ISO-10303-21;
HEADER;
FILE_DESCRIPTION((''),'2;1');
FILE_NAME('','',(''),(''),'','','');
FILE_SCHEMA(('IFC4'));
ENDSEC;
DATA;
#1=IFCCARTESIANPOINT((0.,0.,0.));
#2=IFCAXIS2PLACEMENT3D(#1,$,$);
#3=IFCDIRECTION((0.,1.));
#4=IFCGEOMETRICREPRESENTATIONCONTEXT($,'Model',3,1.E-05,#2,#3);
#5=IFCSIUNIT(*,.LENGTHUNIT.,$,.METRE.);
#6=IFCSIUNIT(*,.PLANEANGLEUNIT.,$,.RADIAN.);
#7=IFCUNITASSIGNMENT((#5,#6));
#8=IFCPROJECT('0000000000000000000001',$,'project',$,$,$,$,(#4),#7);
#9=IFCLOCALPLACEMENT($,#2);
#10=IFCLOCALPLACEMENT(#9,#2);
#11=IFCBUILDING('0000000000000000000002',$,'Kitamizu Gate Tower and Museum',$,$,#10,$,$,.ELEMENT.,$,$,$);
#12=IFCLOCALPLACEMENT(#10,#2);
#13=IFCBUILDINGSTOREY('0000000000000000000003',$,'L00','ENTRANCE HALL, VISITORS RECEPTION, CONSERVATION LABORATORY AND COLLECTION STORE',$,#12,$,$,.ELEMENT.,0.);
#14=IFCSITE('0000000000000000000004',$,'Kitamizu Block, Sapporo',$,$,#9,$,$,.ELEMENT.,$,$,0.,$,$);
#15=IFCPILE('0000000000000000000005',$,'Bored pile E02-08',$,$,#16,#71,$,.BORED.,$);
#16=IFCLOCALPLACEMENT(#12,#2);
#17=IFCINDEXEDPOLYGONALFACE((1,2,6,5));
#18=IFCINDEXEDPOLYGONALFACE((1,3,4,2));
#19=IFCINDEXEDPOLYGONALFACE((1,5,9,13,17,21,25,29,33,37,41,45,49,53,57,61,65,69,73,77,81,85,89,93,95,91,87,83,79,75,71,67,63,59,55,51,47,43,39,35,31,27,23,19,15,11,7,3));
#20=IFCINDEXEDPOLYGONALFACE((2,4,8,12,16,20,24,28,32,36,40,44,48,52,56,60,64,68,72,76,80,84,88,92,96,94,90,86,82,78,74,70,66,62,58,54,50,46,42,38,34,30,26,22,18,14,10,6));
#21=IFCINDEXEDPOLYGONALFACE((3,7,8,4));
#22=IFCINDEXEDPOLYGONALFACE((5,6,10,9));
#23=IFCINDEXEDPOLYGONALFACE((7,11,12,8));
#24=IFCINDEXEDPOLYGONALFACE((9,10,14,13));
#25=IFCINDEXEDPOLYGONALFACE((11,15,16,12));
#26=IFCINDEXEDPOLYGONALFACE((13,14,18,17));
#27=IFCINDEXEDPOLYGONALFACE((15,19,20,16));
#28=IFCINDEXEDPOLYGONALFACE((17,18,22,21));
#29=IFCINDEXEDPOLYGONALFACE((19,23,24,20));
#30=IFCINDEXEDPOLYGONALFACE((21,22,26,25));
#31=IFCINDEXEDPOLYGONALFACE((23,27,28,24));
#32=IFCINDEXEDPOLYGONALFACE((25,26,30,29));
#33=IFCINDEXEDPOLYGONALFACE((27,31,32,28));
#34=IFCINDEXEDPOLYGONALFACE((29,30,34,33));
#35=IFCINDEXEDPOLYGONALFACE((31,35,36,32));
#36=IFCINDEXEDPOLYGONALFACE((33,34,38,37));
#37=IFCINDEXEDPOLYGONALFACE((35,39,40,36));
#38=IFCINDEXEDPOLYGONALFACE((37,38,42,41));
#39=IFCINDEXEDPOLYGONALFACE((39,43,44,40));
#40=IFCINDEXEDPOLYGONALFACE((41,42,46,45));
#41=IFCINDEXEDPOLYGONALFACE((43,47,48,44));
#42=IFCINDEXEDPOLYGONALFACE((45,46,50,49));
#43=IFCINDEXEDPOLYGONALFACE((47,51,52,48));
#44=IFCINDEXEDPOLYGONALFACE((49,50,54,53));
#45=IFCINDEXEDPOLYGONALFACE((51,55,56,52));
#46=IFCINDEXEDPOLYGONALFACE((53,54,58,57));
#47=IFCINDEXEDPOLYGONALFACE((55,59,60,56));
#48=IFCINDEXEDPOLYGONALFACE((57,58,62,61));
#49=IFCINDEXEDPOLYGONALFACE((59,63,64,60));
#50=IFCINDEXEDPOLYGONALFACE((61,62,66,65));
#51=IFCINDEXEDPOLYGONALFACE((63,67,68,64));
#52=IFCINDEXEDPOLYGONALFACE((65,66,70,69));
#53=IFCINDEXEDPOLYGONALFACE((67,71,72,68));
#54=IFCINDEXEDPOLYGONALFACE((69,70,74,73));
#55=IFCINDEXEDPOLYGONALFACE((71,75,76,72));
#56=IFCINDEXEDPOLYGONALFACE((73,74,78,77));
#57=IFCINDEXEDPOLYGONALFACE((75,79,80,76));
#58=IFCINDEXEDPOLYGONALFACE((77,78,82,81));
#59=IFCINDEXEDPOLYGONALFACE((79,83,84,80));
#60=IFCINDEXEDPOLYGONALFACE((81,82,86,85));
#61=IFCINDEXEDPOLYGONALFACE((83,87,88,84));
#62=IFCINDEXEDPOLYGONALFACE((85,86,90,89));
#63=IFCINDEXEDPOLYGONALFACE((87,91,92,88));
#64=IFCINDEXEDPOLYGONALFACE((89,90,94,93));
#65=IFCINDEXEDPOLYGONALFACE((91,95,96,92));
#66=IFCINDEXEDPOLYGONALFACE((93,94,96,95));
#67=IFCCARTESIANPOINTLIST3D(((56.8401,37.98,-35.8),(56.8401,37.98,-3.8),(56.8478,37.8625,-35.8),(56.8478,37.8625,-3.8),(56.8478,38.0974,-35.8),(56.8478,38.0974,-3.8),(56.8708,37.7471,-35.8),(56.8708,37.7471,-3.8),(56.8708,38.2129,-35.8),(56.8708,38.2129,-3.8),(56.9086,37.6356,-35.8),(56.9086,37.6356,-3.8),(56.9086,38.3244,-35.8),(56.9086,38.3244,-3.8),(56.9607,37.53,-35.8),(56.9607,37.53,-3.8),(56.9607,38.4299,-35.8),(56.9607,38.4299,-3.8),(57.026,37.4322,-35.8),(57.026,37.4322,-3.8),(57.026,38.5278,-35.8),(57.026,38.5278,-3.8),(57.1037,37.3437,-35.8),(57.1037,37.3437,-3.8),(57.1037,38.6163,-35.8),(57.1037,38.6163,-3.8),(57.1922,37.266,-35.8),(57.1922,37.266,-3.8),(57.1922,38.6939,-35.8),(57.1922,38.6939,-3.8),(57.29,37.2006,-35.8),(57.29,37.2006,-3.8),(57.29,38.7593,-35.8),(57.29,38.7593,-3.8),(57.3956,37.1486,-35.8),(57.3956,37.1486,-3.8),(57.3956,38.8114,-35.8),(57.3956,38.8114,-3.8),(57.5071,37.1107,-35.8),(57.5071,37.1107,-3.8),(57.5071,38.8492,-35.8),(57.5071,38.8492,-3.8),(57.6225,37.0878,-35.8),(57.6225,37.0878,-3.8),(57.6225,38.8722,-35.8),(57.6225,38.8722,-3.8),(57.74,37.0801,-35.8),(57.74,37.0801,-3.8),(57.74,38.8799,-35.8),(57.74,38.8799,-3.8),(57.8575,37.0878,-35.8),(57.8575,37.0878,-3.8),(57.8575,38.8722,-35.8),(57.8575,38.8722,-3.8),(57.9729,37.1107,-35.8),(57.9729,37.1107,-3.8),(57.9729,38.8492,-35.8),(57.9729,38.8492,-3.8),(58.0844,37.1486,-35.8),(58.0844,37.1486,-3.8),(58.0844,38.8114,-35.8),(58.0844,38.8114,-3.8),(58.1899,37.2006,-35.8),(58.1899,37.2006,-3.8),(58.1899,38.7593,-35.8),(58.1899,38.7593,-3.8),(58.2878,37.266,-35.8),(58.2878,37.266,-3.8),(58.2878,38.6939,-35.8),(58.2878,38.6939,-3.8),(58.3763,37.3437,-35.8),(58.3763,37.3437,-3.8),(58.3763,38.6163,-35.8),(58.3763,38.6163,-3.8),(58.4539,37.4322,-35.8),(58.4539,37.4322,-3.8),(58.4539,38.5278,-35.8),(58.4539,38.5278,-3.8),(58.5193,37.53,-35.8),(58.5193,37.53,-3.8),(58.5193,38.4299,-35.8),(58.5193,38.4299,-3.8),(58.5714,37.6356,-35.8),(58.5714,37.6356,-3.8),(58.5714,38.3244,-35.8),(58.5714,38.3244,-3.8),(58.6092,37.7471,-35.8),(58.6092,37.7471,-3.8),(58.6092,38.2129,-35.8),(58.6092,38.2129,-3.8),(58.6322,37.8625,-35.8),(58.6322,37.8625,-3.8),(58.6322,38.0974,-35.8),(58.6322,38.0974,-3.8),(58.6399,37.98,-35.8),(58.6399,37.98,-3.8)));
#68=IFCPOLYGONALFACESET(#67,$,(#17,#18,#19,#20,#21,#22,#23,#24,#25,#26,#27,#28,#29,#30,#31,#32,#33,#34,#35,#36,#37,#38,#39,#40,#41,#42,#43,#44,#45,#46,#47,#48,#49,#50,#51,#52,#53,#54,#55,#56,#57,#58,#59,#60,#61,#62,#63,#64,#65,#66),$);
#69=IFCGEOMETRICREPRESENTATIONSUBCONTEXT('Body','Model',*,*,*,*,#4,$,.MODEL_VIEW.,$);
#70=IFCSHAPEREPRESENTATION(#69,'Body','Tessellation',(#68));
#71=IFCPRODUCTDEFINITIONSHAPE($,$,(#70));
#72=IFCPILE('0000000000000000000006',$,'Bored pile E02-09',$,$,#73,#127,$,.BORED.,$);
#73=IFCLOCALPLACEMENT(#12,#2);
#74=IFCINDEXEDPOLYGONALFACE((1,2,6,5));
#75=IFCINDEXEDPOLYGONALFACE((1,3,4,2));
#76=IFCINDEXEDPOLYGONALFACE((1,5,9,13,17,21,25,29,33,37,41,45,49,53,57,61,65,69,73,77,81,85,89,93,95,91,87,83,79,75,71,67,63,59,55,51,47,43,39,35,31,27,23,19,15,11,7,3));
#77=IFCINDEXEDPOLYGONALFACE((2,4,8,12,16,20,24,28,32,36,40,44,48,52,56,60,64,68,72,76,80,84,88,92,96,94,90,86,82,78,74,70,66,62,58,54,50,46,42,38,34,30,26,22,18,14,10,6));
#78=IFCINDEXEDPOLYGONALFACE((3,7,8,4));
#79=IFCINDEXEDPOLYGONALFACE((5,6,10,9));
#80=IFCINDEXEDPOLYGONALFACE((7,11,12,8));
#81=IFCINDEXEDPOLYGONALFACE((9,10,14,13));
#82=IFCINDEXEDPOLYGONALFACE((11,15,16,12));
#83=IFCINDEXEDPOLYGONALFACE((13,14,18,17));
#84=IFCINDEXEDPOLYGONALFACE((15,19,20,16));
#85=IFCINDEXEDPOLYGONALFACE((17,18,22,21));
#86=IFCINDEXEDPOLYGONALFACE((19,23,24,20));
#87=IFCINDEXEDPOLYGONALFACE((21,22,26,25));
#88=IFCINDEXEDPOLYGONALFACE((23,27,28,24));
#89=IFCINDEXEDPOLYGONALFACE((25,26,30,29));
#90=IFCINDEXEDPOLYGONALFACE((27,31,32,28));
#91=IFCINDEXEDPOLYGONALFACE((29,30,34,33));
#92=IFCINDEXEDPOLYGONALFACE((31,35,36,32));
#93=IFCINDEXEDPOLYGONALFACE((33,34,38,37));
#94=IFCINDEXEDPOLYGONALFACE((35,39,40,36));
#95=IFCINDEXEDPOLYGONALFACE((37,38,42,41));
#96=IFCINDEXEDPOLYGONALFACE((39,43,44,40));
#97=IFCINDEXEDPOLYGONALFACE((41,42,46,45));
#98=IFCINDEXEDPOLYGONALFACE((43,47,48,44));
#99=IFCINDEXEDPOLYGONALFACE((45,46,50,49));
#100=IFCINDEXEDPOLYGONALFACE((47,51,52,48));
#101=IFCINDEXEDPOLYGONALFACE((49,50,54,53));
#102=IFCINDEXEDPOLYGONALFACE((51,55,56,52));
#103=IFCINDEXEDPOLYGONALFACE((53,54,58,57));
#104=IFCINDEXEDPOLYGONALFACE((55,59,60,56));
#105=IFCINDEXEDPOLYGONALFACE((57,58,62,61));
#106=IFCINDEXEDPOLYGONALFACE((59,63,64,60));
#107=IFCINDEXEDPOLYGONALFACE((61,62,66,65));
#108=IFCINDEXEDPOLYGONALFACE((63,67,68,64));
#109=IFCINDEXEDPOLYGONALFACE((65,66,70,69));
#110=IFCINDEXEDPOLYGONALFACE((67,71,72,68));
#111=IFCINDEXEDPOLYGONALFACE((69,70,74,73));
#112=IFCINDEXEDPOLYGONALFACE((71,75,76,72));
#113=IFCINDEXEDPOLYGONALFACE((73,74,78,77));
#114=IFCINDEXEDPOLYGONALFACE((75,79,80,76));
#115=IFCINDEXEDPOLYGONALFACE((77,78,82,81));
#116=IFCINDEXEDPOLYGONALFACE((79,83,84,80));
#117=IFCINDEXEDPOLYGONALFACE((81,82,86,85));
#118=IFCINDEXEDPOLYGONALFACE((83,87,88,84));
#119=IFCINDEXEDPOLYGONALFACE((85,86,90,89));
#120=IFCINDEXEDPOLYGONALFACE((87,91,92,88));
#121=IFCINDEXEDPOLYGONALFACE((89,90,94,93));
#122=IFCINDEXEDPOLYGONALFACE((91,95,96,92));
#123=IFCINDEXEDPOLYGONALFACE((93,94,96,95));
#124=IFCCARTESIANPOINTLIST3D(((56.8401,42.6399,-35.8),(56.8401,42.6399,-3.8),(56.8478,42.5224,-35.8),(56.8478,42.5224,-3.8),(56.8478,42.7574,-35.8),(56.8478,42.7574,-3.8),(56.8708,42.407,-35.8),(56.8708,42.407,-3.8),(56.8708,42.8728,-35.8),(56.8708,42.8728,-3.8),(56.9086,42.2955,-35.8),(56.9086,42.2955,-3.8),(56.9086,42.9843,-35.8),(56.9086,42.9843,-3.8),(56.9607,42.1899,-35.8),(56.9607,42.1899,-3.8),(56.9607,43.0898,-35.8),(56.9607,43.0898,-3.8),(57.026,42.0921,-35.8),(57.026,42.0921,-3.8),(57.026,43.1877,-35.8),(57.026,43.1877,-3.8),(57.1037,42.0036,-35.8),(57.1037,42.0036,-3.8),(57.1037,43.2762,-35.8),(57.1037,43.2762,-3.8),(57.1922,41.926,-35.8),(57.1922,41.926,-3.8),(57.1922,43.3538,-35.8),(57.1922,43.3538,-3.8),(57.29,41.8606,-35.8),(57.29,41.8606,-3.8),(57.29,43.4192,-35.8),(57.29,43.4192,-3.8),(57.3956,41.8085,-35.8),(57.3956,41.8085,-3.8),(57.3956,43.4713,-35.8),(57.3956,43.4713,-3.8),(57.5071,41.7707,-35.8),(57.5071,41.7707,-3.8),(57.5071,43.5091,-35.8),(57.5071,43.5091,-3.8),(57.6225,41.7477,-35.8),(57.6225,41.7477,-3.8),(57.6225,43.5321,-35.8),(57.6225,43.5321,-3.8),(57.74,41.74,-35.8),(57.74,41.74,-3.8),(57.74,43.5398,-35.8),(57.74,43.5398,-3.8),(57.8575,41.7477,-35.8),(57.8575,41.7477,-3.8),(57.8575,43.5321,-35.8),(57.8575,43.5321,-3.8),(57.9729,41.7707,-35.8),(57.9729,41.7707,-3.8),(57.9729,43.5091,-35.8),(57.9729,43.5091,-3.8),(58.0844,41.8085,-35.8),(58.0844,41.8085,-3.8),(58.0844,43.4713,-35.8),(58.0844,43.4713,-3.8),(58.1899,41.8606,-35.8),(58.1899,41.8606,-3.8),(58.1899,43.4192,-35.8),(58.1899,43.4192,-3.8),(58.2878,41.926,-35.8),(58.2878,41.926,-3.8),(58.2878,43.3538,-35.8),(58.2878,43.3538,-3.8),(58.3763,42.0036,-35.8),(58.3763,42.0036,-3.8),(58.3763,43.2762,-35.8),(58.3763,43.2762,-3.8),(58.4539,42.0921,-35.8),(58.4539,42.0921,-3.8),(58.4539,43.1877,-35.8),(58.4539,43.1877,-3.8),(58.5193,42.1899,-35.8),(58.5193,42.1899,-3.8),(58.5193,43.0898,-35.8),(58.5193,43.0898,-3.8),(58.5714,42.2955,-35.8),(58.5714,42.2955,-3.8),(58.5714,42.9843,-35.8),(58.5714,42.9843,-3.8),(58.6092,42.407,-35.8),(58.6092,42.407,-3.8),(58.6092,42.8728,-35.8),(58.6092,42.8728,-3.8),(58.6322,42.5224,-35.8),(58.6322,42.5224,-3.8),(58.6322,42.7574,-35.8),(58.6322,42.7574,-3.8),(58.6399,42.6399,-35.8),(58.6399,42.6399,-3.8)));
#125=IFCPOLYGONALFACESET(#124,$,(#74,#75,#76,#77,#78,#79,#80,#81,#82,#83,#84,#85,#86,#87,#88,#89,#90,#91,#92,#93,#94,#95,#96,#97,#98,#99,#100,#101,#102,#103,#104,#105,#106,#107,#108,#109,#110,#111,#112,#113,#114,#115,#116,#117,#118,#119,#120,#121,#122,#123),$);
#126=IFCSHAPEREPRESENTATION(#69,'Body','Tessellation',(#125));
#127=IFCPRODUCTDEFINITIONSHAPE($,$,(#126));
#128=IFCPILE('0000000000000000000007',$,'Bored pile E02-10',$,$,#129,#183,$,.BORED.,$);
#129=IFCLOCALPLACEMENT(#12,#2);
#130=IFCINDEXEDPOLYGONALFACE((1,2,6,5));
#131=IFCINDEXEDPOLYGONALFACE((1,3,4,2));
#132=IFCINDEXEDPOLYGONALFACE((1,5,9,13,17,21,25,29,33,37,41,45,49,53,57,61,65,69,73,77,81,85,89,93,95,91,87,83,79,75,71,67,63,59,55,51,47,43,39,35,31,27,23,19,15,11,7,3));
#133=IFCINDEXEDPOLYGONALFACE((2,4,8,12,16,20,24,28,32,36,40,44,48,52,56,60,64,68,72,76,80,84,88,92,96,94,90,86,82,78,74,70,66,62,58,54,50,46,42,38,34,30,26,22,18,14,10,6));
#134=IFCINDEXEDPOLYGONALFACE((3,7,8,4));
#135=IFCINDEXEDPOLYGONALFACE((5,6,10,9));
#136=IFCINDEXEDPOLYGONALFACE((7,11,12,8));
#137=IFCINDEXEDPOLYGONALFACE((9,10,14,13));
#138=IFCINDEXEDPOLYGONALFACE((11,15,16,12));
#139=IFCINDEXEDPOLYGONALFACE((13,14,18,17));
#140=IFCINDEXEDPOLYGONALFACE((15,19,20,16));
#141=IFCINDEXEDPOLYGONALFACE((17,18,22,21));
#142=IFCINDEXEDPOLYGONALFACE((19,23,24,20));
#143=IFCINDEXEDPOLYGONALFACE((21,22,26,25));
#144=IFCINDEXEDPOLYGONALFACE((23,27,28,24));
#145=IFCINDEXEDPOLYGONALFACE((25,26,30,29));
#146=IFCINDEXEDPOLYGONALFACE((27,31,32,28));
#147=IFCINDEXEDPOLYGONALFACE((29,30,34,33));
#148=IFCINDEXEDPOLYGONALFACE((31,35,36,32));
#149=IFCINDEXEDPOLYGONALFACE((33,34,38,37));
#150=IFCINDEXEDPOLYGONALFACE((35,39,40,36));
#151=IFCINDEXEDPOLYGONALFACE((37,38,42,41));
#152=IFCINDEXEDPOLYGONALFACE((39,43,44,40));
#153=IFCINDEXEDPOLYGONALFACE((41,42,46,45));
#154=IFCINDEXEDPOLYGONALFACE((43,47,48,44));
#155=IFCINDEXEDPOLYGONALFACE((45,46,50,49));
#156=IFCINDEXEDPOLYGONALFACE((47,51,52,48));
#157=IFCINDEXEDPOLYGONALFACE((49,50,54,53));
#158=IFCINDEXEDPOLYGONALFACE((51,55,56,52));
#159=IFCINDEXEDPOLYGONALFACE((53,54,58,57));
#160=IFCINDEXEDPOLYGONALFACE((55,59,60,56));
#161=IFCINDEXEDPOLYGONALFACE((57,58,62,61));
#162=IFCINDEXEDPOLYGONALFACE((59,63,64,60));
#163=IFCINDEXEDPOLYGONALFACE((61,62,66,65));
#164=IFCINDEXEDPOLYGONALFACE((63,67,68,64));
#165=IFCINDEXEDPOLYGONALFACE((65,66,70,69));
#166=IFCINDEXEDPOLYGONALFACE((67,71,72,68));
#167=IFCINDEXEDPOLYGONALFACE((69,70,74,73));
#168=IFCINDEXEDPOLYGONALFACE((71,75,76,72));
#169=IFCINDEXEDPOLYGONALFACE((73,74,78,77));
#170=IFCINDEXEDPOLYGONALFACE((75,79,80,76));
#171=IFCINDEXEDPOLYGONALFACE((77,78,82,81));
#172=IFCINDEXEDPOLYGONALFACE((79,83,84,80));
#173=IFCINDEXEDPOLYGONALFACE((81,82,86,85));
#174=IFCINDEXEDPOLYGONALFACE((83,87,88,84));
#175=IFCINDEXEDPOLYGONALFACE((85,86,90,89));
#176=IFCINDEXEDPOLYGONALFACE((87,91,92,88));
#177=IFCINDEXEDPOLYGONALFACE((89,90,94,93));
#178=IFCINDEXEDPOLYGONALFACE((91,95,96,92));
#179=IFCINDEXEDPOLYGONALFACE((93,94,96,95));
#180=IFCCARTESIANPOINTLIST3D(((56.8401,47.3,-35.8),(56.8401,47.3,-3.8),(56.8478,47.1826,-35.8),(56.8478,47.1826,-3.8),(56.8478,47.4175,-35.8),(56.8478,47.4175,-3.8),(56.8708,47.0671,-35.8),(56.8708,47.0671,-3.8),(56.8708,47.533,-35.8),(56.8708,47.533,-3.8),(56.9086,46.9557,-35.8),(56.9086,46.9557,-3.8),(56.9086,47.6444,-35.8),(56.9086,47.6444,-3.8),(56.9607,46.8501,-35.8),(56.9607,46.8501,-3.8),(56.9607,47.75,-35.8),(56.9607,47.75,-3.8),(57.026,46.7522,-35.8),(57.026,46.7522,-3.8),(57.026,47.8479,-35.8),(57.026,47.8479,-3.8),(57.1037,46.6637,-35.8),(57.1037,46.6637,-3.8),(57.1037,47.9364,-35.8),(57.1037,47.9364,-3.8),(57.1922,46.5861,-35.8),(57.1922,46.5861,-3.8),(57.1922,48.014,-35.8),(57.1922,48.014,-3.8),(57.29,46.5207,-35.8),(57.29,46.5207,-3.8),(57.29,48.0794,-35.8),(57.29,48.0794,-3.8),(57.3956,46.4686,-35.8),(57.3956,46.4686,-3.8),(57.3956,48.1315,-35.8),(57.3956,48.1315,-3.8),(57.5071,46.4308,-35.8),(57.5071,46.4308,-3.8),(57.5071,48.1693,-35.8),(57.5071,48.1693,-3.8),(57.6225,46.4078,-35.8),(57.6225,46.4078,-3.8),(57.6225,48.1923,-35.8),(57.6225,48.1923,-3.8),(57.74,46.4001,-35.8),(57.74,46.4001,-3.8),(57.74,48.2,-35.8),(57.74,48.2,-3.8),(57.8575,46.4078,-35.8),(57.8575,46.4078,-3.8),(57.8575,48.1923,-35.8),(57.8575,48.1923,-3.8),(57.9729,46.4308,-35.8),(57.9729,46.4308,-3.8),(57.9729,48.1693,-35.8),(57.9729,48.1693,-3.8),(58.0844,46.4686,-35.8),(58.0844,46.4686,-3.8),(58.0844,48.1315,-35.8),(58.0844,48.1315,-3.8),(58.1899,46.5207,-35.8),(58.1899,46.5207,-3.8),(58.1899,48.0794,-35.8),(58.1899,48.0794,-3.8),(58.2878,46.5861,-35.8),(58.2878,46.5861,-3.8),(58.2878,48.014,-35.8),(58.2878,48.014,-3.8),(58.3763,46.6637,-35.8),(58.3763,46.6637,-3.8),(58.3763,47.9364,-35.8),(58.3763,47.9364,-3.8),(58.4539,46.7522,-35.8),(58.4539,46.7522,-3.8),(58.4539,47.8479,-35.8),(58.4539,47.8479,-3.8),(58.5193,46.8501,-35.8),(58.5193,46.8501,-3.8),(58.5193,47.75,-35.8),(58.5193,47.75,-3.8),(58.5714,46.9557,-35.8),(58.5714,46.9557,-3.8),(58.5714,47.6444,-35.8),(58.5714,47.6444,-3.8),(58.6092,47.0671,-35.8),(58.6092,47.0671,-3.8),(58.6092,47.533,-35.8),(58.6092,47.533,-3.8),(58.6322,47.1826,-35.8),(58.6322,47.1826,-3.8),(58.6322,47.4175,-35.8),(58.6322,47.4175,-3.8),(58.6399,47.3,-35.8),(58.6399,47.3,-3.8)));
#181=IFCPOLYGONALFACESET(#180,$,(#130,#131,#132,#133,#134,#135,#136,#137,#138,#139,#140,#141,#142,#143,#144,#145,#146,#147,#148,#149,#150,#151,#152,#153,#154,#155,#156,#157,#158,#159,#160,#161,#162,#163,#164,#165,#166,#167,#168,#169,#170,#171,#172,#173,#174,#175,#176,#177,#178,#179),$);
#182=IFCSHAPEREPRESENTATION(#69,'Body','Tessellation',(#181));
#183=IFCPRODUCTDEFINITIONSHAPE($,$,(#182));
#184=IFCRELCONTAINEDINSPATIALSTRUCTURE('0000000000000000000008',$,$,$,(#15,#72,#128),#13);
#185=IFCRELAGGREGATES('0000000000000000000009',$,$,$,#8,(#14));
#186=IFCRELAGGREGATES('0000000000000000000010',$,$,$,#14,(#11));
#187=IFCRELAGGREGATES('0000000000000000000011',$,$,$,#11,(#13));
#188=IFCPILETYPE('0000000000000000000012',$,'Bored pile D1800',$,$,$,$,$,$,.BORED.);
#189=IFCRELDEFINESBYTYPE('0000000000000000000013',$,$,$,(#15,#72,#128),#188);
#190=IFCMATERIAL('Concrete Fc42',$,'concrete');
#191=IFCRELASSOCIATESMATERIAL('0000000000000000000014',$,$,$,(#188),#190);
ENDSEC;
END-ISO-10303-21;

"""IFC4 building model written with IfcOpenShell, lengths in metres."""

from ifc_helpers import new_model, si_unit, direction, frame, origin, origin_2d, place, context, subcontext, project, spatial, circle, extrude, material, material_profile, profile_set, type_object, element, save


model = new_model("IFC4")

# Units and contexts
model_context = context("Model", 3, precision=1e-05, world=origin(), true_north=direction((0.0, 1.0)))
body_context = subcontext(model_context, "Body", "Model", "MODEL_VIEW")
ifc_project = project(units=[si_unit("LENGTHUNIT", "METRE"), si_unit("PLANEANGLEUNIT", "RADIAN")], contexts=[model_context])

# Site, building, storey
site_placement = place(None, origin())
site = spatial("IfcSite", under=ifc_project, at=site_placement, Name="Kitamizu Block, Sapporo", CompositionType="ELEMENT", RefElevation=0.0)
building_placement = place(site_placement, origin())
building = spatial("IfcBuilding", under=site, at=building_placement, Name="Kitamizu Gate Tower and Museum", CompositionType="ELEMENT")
storey_placement = place(building_placement, origin())
storey = spatial("IfcBuildingStorey", under=building, at=storey_placement, Name="L00", Description="ENTRANCE HALL, VISITORS RECEPTION, CONSERVATION LABORATORY AND COLLECTION STORE", CompositionType="ELEMENT", Elevation=0.0)

# Piles
ifc_material_1 = material(Name="Concrete Fc42", Category="concrete")
ifc_material_profile_1 = material_profile(ifc_material_1, circle(Radius=0.8999, at=origin_2d()), Name="Bored pile D1800")
ifc_profile_set_1 = profile_set([ifc_material_profile_1], Name="Concrete Fc42")
pile_type = type_object("IfcPileType", Name="Bored pile D1800", PredefinedType="BORED", material=ifc_profile_set_1)
for number, where, z_axis, x_axis, name in (
    (1, (57.74, 37.98, -3.8), (0.0, 0.0, -1.0), (1.0, 0.0, 0.0), "Bored pile E02-08"),
    (2, (57.74, 42.6399, -3.8), (0.0, 0.0, -1.0), (1.0, 0.0, 0.0), "Bored pile E02-09"),
    (3, (57.74, 47.3, -3.8), (0.0, 0.0, -1.0), (1.0, 0.0, 0.0), "Bored pile E02-10"),
):
    element("IfcPile", number, at=place(storey_placement, frame(where, z_axis=z_axis, x_axis=x_axis)), inside=storey, type_object=pile_type, Name=name, PredefinedType="BORED", context=body_context, shape_type="SweptSolid", body=[
        extrude(circle(Radius=0.8999, at=origin_2d()), origin(), (0.0, 0.0, 1.0), 32.0),
    ])

save(model, "model.ifc")
